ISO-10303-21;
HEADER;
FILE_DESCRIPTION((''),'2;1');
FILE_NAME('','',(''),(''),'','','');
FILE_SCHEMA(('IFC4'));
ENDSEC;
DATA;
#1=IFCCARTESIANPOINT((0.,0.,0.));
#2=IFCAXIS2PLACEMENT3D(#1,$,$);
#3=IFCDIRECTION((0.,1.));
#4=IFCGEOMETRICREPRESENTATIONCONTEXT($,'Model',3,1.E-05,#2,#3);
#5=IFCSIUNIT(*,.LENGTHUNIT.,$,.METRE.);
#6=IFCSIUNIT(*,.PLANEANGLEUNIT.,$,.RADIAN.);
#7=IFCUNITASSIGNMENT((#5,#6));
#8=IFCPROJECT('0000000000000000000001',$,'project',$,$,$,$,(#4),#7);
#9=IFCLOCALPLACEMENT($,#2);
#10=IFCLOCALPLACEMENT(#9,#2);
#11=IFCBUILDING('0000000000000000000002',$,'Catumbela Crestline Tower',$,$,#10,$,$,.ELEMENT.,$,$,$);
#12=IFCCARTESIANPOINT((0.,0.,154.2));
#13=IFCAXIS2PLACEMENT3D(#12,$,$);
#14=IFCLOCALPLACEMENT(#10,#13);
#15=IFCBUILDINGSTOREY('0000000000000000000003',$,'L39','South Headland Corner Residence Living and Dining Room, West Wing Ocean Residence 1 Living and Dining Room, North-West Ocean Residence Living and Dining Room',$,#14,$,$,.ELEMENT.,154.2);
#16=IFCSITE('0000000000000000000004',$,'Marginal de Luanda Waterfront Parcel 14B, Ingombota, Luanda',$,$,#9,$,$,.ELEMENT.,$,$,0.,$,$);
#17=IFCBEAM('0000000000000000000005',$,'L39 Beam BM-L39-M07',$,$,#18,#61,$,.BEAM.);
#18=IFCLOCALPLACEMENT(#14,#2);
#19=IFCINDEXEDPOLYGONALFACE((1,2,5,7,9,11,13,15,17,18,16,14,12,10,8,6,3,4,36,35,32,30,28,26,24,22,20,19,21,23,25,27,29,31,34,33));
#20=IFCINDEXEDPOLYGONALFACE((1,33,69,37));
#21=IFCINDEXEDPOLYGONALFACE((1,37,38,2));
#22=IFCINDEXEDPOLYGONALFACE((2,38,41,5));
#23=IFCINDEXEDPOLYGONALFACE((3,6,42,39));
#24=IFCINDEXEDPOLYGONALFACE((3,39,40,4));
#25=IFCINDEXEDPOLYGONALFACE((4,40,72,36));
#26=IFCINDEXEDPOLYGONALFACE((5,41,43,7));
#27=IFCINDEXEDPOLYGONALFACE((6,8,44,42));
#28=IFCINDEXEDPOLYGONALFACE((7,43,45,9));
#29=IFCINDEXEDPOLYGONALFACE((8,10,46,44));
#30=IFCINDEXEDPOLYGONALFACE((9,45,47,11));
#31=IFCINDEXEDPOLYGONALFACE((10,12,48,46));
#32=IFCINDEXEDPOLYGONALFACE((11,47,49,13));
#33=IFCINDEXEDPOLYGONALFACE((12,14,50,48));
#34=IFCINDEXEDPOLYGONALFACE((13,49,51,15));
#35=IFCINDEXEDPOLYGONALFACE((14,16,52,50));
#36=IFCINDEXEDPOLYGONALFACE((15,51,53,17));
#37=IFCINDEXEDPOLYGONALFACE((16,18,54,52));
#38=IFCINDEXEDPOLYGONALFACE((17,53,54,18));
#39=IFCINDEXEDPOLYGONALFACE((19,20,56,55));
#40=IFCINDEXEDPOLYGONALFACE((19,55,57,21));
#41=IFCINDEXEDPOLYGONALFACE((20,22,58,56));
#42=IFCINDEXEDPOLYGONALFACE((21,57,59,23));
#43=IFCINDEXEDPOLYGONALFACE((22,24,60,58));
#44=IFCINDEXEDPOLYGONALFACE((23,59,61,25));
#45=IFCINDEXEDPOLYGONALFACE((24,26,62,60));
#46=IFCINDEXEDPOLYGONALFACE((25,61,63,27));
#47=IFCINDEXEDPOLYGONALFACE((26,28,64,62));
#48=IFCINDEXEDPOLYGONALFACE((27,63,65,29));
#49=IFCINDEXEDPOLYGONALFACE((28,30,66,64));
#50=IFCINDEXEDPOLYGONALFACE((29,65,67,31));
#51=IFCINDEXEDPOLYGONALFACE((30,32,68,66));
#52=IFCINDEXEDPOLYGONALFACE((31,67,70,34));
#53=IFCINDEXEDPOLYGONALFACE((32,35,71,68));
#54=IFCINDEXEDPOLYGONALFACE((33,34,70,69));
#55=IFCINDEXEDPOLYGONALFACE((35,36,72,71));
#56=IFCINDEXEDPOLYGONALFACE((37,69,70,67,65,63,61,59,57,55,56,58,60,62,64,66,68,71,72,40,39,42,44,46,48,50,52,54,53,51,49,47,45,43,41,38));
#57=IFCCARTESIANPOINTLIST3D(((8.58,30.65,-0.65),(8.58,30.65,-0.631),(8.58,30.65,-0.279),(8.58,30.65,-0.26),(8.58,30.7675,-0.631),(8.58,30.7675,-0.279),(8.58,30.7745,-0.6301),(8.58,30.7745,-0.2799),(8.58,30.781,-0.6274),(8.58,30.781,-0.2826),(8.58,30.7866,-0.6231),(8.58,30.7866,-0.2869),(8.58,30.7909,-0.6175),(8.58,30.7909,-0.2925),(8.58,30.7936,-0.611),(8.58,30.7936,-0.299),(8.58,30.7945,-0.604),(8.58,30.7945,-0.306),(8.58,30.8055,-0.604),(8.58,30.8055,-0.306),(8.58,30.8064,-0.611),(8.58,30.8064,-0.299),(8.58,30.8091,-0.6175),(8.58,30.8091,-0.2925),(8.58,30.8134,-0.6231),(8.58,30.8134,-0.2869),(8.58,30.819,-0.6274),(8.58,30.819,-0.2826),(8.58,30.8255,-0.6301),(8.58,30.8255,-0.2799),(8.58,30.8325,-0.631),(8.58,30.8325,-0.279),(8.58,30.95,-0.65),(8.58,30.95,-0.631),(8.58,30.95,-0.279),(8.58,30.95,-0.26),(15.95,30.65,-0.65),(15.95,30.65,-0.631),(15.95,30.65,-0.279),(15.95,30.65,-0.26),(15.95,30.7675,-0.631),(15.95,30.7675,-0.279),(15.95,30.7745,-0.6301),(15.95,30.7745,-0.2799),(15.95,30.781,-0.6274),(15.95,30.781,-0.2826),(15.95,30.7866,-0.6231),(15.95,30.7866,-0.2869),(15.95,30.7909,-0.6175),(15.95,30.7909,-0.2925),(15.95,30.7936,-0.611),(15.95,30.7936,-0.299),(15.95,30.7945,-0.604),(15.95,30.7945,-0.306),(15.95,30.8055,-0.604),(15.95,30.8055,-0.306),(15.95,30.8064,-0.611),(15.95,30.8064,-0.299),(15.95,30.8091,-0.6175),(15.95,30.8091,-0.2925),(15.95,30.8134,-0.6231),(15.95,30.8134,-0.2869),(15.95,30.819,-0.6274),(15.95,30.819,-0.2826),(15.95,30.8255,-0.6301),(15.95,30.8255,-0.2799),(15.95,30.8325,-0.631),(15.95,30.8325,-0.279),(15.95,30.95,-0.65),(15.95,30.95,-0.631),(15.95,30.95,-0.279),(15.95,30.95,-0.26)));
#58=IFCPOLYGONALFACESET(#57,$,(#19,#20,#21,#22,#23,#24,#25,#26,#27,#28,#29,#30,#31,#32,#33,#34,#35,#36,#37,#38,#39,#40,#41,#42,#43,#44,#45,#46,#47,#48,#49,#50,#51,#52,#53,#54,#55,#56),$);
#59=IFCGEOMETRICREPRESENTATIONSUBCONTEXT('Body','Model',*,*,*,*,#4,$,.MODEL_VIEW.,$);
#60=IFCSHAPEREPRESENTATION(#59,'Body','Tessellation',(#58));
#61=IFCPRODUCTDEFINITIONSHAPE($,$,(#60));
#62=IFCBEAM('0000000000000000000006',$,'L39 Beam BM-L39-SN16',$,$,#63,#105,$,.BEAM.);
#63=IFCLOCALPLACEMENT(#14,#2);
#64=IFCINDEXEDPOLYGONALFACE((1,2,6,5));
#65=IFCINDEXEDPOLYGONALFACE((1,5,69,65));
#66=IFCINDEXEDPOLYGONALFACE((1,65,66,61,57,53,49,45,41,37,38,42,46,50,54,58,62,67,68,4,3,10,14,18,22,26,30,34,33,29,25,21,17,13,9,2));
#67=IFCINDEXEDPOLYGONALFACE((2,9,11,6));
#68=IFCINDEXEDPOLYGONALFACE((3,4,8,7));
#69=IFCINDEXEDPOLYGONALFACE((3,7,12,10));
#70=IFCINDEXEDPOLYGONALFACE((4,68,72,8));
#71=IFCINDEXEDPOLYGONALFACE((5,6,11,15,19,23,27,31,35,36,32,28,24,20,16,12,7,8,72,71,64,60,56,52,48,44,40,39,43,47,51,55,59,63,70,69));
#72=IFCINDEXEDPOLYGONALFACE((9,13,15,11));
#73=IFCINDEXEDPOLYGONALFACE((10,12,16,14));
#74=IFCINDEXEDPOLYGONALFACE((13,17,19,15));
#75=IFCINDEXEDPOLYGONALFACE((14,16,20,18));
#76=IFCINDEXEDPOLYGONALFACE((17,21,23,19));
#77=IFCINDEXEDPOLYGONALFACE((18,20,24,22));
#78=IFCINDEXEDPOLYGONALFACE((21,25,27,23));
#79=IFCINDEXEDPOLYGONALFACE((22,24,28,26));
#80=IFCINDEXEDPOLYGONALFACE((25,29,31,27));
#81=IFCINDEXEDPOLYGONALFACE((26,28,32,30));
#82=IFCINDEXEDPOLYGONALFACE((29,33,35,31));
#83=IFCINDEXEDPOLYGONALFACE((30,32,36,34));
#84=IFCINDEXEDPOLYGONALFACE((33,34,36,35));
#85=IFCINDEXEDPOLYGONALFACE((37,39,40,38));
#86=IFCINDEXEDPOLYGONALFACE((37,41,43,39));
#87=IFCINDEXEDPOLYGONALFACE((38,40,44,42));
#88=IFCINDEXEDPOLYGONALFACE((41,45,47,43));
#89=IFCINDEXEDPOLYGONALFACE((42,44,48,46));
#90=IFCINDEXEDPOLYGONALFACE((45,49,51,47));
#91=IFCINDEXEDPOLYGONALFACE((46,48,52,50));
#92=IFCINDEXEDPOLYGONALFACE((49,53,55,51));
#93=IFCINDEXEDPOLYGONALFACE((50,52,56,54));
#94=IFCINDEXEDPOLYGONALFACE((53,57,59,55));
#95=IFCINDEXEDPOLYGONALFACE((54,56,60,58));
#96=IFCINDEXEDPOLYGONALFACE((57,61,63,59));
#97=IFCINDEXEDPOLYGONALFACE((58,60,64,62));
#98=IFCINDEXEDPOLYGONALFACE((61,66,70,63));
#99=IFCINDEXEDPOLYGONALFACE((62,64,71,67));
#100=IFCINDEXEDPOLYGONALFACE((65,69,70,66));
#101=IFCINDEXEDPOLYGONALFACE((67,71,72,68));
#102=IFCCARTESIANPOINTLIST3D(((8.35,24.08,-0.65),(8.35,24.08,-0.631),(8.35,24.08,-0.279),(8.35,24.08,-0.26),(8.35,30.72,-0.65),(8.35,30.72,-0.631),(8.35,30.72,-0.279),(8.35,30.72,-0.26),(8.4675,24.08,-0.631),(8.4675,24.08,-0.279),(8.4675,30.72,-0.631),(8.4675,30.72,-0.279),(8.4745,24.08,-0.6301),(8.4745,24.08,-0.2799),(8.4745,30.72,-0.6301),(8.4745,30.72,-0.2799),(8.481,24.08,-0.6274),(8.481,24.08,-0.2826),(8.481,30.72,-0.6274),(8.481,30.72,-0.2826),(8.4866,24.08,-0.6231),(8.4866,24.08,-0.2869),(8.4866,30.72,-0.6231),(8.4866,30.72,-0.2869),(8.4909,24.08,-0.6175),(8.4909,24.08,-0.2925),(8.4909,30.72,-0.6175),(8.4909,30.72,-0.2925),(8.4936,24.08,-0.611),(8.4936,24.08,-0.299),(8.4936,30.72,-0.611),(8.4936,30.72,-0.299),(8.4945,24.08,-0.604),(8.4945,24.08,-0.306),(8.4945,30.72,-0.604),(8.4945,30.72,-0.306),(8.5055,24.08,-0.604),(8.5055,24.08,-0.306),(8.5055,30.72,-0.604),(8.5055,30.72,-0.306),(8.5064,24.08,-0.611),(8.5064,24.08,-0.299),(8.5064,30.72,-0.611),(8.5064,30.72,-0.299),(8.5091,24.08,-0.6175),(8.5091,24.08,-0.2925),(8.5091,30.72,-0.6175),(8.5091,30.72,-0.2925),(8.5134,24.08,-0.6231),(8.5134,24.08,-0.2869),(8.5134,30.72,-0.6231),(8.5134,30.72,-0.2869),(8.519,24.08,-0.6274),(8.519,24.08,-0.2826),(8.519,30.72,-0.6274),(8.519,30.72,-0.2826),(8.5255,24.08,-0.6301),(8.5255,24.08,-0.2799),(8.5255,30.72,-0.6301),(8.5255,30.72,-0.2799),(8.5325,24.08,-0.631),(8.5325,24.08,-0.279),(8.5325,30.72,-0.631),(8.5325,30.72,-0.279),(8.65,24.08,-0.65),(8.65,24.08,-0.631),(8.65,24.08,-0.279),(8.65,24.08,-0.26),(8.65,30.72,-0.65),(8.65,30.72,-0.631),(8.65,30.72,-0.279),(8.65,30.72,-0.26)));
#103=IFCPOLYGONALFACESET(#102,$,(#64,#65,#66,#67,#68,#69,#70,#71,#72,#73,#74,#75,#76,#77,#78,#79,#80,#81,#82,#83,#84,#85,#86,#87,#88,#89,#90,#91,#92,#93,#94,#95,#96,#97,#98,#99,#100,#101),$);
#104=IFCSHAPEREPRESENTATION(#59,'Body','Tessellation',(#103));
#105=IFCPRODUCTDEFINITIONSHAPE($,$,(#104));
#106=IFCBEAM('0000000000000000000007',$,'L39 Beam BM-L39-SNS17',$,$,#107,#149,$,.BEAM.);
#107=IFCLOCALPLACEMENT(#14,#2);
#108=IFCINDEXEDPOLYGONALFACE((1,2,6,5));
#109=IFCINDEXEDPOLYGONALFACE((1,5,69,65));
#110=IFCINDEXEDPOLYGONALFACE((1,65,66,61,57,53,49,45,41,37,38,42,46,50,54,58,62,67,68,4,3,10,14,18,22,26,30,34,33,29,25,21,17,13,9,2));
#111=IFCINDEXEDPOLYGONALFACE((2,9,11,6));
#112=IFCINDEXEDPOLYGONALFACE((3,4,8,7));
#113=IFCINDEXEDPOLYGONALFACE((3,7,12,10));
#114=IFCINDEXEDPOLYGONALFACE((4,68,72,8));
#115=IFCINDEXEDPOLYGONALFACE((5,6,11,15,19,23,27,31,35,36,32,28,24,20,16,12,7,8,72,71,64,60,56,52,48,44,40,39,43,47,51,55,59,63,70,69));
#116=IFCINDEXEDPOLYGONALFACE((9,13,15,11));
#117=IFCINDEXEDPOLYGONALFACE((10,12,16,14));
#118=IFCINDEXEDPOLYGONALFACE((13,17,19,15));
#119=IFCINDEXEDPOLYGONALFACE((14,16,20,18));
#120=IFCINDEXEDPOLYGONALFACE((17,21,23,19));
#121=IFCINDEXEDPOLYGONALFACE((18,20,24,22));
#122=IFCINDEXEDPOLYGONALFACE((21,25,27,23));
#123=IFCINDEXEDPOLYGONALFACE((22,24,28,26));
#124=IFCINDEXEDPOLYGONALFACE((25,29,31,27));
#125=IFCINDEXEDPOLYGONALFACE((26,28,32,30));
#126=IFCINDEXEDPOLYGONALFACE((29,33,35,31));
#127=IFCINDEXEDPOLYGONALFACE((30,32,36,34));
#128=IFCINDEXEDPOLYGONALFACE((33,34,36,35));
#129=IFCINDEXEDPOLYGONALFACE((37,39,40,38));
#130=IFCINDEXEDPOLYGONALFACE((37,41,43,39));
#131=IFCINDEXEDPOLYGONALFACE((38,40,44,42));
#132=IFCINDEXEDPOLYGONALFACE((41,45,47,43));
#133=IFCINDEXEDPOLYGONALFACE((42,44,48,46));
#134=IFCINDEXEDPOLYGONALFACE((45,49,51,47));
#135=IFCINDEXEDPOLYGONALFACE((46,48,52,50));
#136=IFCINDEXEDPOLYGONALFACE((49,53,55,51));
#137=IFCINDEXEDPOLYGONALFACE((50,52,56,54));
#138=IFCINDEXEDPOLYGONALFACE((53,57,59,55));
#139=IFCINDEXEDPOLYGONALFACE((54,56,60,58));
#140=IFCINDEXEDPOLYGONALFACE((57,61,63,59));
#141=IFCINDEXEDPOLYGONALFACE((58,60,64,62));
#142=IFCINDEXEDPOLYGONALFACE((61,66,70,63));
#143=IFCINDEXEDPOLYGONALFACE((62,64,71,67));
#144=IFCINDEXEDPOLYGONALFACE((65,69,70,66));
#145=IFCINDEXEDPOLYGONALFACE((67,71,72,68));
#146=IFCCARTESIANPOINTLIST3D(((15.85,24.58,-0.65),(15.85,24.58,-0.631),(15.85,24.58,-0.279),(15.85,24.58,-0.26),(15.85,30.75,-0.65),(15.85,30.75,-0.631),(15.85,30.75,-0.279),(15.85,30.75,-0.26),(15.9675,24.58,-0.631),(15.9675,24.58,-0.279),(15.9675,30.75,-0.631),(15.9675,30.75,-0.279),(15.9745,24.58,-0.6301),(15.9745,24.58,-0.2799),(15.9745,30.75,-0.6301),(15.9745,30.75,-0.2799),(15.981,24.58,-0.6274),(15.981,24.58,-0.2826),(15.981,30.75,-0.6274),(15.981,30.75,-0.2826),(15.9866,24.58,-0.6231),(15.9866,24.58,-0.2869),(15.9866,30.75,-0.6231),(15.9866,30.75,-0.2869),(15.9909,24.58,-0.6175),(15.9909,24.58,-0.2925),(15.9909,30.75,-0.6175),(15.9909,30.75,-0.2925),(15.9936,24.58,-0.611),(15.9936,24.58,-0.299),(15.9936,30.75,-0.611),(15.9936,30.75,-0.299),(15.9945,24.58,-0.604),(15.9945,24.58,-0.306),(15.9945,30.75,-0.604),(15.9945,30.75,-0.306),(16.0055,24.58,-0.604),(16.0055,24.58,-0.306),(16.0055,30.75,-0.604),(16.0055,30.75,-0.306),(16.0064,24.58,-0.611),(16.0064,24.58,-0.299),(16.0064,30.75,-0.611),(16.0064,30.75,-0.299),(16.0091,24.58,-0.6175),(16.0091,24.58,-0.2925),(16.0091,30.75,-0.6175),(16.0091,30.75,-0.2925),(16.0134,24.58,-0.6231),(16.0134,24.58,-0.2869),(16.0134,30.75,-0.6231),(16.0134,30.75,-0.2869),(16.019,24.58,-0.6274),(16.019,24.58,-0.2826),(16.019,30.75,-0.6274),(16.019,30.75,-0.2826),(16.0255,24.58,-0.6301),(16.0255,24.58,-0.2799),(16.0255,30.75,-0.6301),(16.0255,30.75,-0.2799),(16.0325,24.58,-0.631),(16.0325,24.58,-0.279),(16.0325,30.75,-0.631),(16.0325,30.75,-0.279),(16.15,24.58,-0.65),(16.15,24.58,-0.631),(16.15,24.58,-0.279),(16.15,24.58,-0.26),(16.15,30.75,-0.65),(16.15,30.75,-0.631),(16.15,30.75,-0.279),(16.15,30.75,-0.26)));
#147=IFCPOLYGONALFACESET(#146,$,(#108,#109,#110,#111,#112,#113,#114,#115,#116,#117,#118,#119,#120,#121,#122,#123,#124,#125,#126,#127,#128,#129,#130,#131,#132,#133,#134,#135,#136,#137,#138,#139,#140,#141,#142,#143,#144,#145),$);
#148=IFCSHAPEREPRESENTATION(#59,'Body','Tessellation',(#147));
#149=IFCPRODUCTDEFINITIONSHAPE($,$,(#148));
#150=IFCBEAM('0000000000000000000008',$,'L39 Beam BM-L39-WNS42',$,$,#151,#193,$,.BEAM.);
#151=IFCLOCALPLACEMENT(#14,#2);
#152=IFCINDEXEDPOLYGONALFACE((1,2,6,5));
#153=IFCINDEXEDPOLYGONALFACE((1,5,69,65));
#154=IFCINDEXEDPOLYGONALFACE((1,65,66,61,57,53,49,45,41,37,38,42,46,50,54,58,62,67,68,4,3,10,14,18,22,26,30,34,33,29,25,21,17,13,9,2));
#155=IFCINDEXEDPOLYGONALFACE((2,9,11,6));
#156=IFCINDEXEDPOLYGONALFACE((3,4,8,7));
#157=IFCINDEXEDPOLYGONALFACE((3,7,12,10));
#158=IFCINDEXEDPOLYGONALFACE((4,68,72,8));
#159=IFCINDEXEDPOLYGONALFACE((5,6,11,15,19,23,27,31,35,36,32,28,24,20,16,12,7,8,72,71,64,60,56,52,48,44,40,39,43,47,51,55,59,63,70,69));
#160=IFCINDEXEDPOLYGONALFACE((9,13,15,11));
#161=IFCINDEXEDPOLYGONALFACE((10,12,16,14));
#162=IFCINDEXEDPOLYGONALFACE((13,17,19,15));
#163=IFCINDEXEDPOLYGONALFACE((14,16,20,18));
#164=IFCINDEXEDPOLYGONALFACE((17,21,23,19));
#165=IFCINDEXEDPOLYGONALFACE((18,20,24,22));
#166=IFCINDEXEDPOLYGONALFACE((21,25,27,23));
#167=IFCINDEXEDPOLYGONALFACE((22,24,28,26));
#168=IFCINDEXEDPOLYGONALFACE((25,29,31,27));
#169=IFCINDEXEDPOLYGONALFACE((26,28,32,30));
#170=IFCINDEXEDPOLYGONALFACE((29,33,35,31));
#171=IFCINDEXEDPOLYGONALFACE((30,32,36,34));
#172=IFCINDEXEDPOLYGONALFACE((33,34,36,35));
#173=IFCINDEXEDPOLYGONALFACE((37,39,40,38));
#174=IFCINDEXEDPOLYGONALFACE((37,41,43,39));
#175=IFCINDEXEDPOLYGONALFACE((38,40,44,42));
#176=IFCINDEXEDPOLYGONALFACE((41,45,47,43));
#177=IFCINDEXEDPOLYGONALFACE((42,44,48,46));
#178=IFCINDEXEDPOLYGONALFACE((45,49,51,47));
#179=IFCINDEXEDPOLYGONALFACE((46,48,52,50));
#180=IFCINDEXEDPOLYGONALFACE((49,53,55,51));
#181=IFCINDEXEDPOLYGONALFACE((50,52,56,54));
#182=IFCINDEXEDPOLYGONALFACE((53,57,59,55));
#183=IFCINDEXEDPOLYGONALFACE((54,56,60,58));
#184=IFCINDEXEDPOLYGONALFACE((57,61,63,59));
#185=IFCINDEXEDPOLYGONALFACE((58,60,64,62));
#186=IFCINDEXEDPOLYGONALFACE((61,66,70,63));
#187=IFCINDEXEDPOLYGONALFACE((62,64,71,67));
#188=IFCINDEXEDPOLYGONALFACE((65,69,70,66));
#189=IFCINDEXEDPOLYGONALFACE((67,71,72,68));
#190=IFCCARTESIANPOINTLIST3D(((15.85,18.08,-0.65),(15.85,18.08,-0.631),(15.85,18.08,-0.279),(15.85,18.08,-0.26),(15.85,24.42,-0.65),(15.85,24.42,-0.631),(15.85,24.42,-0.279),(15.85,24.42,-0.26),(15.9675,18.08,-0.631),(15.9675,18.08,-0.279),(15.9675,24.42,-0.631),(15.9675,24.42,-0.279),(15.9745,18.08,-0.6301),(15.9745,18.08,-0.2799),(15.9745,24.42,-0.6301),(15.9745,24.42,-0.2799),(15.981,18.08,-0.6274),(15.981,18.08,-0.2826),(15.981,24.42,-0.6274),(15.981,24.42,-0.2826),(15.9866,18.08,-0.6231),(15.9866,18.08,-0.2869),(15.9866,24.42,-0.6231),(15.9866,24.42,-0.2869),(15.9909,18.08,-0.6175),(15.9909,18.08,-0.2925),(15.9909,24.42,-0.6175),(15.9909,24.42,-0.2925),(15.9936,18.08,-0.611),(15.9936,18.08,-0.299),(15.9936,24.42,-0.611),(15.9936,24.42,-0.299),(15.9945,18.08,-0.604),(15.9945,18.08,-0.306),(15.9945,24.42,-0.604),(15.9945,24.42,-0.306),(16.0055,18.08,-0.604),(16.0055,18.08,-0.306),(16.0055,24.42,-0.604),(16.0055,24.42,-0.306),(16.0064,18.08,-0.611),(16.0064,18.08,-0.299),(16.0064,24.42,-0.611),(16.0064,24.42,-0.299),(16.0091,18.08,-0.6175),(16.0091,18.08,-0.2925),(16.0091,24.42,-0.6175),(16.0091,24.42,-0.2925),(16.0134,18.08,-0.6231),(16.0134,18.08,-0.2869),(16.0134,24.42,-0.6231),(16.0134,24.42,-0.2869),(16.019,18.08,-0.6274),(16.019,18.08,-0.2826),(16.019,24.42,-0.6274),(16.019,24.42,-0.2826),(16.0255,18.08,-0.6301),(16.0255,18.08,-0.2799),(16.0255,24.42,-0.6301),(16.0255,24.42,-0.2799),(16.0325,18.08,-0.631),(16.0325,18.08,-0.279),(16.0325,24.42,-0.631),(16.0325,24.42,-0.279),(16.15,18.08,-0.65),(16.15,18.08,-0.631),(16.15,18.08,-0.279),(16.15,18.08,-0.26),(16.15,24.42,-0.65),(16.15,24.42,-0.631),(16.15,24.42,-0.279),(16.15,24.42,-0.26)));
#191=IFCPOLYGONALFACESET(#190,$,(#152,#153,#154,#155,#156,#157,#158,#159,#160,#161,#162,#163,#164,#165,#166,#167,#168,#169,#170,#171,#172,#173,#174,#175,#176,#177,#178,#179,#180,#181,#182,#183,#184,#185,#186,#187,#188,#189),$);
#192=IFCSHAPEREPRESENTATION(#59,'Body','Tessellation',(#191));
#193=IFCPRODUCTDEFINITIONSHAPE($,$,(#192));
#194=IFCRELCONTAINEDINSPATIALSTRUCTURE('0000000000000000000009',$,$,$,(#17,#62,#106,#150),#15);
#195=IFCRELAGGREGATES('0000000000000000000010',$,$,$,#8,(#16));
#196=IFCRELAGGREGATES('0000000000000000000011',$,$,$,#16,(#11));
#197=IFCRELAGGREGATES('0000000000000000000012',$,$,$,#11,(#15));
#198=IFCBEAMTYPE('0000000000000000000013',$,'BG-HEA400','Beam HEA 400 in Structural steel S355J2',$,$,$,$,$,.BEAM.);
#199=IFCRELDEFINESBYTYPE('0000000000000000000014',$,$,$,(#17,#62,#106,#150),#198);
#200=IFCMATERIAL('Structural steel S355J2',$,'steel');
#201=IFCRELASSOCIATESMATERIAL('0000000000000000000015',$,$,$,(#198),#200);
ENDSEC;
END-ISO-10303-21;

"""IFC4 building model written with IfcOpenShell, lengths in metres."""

from ifc_helpers import new_model, si_unit, direction, frame, origin, origin_2d, place, context, subcontext, project, spatial, i_section, extrude, material, material_profile, profile_set, type_object, element, save


model = new_model("IFC4")

# Units and contexts
model_context = context("Model", 3, precision=1e-05, world=origin(), true_north=direction((0.0, 1.0)))
body_context = subcontext(model_context, "Body", "Model", "MODEL_VIEW")
ifc_project = project(units=[si_unit("LENGTHUNIT", "METRE"), si_unit("PLANEANGLEUNIT", "RADIAN")], contexts=[model_context])

# Site, building, storey
site_placement = place(None, origin())
site = spatial("IfcSite", under=ifc_project, at=site_placement, Name="Marginal de Luanda Waterfront Parcel 14B, Ingombota, Luanda", CompositionType="ELEMENT", RefElevation=0.0)
building_placement = place(site_placement, origin())
building = spatial("IfcBuilding", under=site, at=building_placement, Name="Catumbela Crestline Tower", CompositionType="ELEMENT")
storey_placement = place(building_placement, frame((0.0, 0.0, 154.2)))
storey = spatial("IfcBuildingStorey", under=building, at=storey_placement, Name="L39", Description="South Headland Corner Residence Living and Dining Room, West Wing Ocean Residence 1 Living and Dining Room, North-West Ocean Residence Living and Dining Room", CompositionType="ELEMENT", Elevation=154.2)

# Beams
ifc_material_1 = material(Name="Structural steel S355J2", Category="steel")
ifc_material_profile_1 = material_profile(ifc_material_1, i_section(OverallWidth=0.3, OverallDepth=0.39, WebThickness=0.011, FlangeThickness=0.019, FilletRadius=0.027, at=origin_2d()), Name="HEA 400")
ifc_profile_set_1 = profile_set([ifc_material_profile_1], Name="Structural steel S355J2")
beam_type_1 = type_object("IfcBeamType", Name="BG-HEA400", Description="Beam HEA 400 in Structural steel S355J2", PredefinedType="BEAM", material=ifc_profile_set_1)
beam_1_placement = place(storey_placement, frame((8.58, 30.8, -0.455), z_axis=(1.0, 0.0, 0.0), x_axis=(0.0, 1.0, 0.0)))
element("IfcBeam", 1, at=beam_1_placement, inside=storey, type_object=beam_type_1, Name="L39 Beam BM-L39-M07", PredefinedType="BEAM", context=body_context, shape_type="SweptSolid", body=[
    extrude(i_section(OverallWidth=0.3, OverallDepth=0.39, WebThickness=0.011, FlangeThickness=0.019, FilletRadius=0.027, at=origin_2d()), origin(), (0.0, 0.0, 1.0), 7.37),
])
beam_2_placement = place(storey_placement, frame((8.5, 24.08, -0.455), z_axis=(0.0, 1.0, 0.0), x_axis=(-1.0, 0.0, 0.0)))
element("IfcBeam", 2, at=beam_2_placement, inside=storey, type_object=beam_type_1, Name="L39 Beam BM-L39-SN16", PredefinedType="BEAM", context=body_context, shape_type="SweptSolid", body=[
    extrude(i_section(OverallWidth=0.3, OverallDepth=0.39, WebThickness=0.011, FlangeThickness=0.019, FilletRadius=0.027, at=origin_2d()), origin(), (0.0, 0.0, 1.0), 6.64),
])
beam_3_placement = place(storey_placement, frame((16.0, 24.58, -0.455), z_axis=(0.0, 1.0, 0.0), x_axis=(-1.0, 0.0, 0.0)))
element("IfcBeam", 3, at=beam_3_placement, inside=storey, type_object=beam_type_1, Name="L39 Beam BM-L39-SNS17", PredefinedType="BEAM", context=body_context, shape_type="SweptSolid", body=[
    extrude(i_section(OverallWidth=0.3, OverallDepth=0.39, WebThickness=0.011, FlangeThickness=0.019, FilletRadius=0.027, at=origin_2d()), origin(), (0.0, 0.0, 1.0), 6.17),
])
beam_4_placement = place(storey_placement, frame((16.0, 18.08, -0.455), z_axis=(0.0, 1.0, 0.0), x_axis=(-1.0, 0.0, 0.0)))
element("IfcBeam", 4, at=beam_4_placement, inside=storey, type_object=beam_type_1, Name="L39 Beam BM-L39-WNS42", PredefinedType="BEAM", context=body_context, shape_type="SweptSolid", body=[
    extrude(i_section(OverallWidth=0.3, OverallDepth=0.39, WebThickness=0.011, FlangeThickness=0.019, FilletRadius=0.027, at=origin_2d()), origin(), (0.0, 0.0, 1.0), 6.34),
])

save(model, "model.ifc")
